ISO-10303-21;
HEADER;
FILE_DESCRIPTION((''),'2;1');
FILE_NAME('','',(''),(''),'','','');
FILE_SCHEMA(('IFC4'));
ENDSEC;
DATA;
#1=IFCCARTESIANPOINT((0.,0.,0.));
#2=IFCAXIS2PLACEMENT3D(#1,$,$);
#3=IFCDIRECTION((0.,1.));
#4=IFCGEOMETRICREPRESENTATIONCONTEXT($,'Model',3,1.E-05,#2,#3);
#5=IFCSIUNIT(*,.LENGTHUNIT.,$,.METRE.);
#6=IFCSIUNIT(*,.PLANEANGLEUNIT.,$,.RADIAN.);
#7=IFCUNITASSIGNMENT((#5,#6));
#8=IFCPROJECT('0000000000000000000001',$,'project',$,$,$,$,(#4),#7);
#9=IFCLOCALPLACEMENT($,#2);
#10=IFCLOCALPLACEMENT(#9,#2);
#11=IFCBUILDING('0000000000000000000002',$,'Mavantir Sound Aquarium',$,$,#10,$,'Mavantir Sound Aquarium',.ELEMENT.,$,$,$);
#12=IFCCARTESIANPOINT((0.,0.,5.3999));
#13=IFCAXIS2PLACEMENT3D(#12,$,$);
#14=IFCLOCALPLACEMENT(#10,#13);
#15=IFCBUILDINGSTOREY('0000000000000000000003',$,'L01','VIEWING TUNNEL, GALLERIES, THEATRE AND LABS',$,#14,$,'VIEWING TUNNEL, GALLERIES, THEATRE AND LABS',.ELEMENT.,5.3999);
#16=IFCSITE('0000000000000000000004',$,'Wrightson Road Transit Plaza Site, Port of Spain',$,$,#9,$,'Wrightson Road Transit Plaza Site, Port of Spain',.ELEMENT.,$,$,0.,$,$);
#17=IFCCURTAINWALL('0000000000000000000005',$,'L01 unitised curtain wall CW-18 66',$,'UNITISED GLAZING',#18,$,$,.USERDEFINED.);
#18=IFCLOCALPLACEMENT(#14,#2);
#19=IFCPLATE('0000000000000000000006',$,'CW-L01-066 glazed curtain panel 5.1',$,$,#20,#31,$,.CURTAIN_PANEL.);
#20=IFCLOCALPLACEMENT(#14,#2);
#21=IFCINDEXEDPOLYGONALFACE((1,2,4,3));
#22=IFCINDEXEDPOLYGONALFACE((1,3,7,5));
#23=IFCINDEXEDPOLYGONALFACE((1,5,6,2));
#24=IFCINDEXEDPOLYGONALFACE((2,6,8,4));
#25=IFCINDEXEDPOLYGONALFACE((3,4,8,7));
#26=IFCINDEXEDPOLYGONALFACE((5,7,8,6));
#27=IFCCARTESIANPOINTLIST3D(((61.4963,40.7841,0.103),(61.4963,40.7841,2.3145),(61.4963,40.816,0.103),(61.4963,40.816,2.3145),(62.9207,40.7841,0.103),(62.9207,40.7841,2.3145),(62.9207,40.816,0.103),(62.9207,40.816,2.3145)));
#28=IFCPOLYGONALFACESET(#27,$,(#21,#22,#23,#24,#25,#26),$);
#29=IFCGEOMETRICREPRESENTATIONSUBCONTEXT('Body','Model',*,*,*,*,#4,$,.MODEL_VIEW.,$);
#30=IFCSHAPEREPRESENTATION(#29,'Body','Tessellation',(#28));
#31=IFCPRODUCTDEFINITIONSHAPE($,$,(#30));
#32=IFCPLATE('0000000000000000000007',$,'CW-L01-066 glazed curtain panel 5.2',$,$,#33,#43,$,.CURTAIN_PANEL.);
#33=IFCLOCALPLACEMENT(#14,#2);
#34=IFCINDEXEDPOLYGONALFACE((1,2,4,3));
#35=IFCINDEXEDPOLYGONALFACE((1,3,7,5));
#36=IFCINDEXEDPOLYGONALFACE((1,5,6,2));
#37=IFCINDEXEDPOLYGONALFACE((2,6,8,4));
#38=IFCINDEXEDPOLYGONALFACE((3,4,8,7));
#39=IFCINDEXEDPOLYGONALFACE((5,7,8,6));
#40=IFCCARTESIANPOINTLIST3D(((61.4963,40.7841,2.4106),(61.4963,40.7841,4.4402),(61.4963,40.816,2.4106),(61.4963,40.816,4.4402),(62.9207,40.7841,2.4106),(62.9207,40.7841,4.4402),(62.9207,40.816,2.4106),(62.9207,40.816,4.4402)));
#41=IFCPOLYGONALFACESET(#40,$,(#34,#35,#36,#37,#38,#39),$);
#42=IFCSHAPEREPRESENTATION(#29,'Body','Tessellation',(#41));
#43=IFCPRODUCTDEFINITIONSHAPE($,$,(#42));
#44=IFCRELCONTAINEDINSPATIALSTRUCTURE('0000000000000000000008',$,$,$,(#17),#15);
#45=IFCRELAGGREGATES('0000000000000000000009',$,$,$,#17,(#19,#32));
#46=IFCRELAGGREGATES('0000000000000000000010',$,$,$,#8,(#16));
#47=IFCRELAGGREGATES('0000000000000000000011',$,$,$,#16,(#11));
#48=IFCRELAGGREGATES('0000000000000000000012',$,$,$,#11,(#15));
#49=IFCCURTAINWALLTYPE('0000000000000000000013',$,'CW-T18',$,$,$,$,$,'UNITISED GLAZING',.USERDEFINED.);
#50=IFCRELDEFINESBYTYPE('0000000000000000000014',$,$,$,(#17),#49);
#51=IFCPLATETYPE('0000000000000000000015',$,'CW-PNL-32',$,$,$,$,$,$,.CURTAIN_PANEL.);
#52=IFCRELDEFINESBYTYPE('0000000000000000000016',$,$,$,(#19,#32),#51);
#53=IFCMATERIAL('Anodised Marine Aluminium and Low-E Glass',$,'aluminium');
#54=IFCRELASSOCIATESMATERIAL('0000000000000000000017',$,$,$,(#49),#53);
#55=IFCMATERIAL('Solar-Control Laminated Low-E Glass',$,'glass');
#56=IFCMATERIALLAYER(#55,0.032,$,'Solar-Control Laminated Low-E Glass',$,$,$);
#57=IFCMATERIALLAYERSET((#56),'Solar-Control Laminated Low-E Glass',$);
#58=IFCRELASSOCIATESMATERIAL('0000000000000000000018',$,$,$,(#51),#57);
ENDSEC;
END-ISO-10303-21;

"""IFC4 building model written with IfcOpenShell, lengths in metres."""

from ifc_helpers import new_model, si_unit, direction, frame, origin, origin_2d, place, context, subcontext, project, spatial, rectangle, extrude, material, layer, layer_set, type_object, element, aggregate, save


model = new_model("IFC4")

# Units and contexts
model_context = context("Model", 3, precision=1e-05, world=origin(), true_north=direction((0.0, 1.0)))
body_context = subcontext(model_context, "Body", "Model", "MODEL_VIEW")
ifc_project = project(units=[si_unit("LENGTHUNIT", "METRE"), si_unit("PLANEANGLEUNIT", "RADIAN")], contexts=[model_context])

# Site, building, storey
site_placement = place(None, origin())
site = spatial("IfcSite", under=ifc_project, at=site_placement, Name="Wrightson Road Transit Plaza Site, Port of Spain", LongName="Wrightson Road Transit Plaza Site, Port of Spain", CompositionType="ELEMENT", RefElevation=0.0)
building_placement = place(site_placement, origin())
building = spatial("IfcBuilding", under=site, at=building_placement, Name="Mavantir Sound Aquarium", LongName="Mavantir Sound Aquarium", CompositionType="ELEMENT")
storey_placement = place(building_placement, frame((0.0, 0.0, 5.3999)))
storey = spatial("IfcBuildingStorey", under=building, at=storey_placement, Name="L01", Description="VIEWING TUNNEL, GALLERIES, THEATRE AND LABS", LongName="VIEWING TUNNEL, GALLERIES, THEATRE AND LABS", CompositionType="ELEMENT", Elevation=5.3999)

# Curtain wall, plates
ifc_material_1 = material(Name="Anodised Marine Aluminium and Low-E Glass", Category="aluminium")
curtain_wall_type = type_object("IfcCurtainWallType", Name="CW-T18", ElementType="UNITISED GLAZING", PredefinedType="USERDEFINED", material=ifc_material_1)
curtain_wall_placement = place(storey_placement, origin())
curtain_wall = element("IfcCurtainWall", 1, at=curtain_wall_placement, inside=storey, type_object=curtain_wall_type, Name="L01 unitised curtain wall CW-18 66", ObjectType="UNITISED GLAZING", PredefinedType="USERDEFINED")
ifc_material_2 = material(Name="Solar-Control Laminated Low-E Glass", Category="glass")
ifc_layer = layer(ifc_material_2, 0.032, Name="Solar-Control Laminated Low-E Glass")
ifc_layer_set = layer_set([ifc_layer], Name="Solar-Control Laminated Low-E Glass")
plate_type = type_object("IfcPlateType", Name="CW-PNL-32", PredefinedType="CURTAIN_PANEL", material=ifc_layer_set)
plate_1_placement = place(storey_placement, frame((62.2085, 40.8, 0.103), z_axis=(0.0, 0.0, 1.0), x_axis=(1.0, 0.0, 0.0)))
plate_1 = element("IfcPlate", 2, at=plate_1_placement, type_object=plate_type, Name="CW-L01-066 glazed curtain panel 5.1", PredefinedType="CURTAIN_PANEL", context=body_context, shape_type="SweptSolid", body=[
    extrude(rectangle(XDim=1.4243, YDim=0.032, at=origin_2d()), origin(), (0.0, 0.0, 1.0), 2.2114),
])
plate_2_placement = place(storey_placement, frame((62.2085, 40.8, 2.4106), z_axis=(0.0, 0.0, 1.0), x_axis=(1.0, 0.0, 0.0)))
plate_2 = element("IfcPlate", 3, at=plate_2_placement, type_object=plate_type, Name="CW-L01-066 glazed curtain panel 5.2", PredefinedType="CURTAIN_PANEL", context=body_context, shape_type="SweptSolid", body=[
    extrude(rectangle(XDim=1.4243, YDim=0.032, at=origin_2d()), origin(), (0.0, 0.0, 1.0), 2.0295),
])
aggregate(curtain_wall, [plate_1, plate_2])

save(model, "model.ifc")
